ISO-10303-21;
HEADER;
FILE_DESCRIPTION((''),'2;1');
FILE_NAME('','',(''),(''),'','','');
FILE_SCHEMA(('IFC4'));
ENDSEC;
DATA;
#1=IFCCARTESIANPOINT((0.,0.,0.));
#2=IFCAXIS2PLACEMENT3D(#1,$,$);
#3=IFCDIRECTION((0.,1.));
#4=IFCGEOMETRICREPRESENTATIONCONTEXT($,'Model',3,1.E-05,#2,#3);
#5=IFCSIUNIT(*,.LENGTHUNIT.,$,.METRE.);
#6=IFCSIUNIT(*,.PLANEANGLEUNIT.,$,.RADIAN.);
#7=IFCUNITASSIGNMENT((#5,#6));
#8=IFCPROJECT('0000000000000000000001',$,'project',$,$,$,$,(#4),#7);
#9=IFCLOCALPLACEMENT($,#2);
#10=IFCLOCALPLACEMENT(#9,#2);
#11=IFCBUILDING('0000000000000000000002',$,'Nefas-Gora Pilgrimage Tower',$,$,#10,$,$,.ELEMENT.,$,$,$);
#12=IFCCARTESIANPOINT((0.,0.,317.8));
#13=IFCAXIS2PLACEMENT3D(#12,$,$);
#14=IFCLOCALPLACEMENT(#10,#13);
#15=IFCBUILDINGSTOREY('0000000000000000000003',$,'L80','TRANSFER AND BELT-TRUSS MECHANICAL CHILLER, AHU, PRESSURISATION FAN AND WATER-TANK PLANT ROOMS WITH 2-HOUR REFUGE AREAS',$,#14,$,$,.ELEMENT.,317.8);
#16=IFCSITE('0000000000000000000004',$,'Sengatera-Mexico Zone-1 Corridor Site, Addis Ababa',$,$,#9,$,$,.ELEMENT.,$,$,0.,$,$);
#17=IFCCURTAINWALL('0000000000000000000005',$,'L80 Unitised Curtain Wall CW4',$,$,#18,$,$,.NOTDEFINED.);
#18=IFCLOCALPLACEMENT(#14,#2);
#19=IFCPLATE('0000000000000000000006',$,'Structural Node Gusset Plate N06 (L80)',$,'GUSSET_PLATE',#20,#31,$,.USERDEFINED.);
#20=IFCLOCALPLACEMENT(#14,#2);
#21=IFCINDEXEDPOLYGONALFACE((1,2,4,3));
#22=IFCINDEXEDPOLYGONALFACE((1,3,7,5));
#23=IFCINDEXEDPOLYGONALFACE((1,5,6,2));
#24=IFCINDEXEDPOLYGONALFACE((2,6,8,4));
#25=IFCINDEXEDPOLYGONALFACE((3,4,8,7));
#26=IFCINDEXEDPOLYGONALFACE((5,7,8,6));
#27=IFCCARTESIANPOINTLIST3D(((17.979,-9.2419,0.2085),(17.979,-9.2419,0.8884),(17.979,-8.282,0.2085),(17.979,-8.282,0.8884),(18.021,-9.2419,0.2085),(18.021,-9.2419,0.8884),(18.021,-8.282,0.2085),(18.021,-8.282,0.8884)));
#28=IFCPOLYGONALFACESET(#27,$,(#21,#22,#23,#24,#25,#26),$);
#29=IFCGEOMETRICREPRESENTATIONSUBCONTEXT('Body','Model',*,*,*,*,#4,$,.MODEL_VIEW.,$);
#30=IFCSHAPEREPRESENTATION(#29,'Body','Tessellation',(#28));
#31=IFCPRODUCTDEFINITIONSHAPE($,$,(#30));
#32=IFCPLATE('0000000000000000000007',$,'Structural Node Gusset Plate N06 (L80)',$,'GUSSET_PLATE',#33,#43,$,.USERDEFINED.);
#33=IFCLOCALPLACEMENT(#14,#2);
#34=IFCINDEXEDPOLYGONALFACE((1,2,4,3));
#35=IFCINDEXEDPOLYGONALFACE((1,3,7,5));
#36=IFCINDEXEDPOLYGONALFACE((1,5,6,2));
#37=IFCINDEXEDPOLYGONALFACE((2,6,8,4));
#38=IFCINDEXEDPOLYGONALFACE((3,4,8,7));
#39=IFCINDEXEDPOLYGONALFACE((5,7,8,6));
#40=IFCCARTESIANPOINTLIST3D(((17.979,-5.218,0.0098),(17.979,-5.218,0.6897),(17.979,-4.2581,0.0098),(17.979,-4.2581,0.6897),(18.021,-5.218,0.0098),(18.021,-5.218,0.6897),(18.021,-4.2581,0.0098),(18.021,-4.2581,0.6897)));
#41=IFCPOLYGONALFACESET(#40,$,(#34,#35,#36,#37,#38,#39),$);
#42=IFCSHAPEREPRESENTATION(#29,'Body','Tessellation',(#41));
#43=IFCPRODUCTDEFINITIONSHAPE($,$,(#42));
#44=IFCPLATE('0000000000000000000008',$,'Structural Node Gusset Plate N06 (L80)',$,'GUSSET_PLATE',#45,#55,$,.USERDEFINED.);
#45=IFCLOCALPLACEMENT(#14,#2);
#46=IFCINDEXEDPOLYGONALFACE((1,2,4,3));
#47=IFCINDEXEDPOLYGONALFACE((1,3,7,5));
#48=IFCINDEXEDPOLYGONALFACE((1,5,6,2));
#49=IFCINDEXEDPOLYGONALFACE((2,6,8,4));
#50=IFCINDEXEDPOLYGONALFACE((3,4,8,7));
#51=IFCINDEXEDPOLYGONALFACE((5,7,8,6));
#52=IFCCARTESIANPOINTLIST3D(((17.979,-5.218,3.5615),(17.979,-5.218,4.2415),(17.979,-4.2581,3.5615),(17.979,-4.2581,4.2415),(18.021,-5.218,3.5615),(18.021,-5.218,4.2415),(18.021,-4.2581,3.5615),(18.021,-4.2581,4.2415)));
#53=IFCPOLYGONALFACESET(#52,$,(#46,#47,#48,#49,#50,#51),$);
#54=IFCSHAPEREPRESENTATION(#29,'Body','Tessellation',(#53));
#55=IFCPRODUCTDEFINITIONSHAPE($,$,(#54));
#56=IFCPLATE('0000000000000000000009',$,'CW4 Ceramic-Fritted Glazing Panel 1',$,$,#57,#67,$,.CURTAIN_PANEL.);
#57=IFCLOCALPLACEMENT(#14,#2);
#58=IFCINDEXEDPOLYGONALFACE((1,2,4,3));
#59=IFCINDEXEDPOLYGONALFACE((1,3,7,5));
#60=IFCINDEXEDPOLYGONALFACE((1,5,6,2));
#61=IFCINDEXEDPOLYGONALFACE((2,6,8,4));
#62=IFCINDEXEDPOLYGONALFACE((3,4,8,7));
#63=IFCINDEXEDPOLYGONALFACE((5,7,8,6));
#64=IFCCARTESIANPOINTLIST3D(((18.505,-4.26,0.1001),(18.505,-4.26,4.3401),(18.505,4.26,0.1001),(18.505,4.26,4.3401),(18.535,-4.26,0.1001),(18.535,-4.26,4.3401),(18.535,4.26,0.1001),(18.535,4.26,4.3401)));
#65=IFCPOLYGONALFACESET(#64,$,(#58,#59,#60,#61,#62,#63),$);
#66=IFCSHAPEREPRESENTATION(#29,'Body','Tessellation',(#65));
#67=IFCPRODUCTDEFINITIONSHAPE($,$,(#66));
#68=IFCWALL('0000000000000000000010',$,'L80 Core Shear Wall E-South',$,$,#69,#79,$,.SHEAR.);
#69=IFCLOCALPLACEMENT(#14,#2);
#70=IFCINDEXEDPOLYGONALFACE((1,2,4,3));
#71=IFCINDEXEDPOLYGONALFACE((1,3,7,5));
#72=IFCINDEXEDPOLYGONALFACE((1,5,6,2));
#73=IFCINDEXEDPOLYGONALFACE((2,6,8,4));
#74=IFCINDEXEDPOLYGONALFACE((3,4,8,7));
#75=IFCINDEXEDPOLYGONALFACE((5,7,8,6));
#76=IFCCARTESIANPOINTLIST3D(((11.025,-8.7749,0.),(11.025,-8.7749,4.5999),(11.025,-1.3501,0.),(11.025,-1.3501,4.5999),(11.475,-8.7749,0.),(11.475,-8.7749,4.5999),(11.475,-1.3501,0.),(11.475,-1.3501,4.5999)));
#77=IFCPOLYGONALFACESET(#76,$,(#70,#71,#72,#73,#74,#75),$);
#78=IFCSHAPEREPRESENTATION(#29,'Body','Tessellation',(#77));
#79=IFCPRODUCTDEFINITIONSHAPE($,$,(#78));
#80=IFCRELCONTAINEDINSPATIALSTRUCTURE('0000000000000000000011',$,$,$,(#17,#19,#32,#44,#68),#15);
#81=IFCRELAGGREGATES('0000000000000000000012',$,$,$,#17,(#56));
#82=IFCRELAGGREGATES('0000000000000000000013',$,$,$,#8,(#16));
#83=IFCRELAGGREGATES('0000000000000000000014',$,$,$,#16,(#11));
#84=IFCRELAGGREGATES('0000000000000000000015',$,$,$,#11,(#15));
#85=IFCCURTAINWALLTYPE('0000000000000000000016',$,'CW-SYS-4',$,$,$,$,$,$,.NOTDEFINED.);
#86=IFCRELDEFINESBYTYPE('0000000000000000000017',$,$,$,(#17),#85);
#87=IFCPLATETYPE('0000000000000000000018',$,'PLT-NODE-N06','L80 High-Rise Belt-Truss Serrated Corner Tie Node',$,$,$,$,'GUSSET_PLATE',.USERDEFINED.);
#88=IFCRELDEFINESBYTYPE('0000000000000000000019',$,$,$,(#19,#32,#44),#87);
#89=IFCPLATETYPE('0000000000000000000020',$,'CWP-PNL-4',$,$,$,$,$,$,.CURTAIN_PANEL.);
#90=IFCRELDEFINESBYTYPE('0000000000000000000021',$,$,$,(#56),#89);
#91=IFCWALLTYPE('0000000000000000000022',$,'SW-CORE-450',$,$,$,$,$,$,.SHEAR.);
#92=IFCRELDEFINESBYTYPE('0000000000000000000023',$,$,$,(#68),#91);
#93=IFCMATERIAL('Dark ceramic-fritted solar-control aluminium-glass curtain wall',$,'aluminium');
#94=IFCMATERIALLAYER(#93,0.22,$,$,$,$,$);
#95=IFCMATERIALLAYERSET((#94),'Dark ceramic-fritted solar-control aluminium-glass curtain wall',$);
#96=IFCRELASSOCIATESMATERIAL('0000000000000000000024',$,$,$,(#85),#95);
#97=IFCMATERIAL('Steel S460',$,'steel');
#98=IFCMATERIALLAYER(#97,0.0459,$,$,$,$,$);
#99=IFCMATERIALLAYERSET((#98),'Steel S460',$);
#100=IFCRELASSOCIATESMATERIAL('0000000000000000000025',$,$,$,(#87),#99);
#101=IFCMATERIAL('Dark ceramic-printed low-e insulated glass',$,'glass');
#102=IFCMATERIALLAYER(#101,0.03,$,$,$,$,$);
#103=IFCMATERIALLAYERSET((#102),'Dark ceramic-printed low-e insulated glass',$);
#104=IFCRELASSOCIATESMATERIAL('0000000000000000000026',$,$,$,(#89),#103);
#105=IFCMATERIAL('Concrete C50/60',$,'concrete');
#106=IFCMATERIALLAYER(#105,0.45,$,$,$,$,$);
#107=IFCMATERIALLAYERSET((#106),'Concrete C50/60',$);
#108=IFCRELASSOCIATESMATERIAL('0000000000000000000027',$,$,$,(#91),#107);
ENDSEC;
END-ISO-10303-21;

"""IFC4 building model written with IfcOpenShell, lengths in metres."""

from ifc_helpers import new_model, si_unit, direction, frame, frame_2d, origin, origin_2d, place, context, subcontext, project, spatial, rectangle, extrude, source, transform, mapped, material, layer, layer_set, type_object, element, aggregate, save


model = new_model("IFC4")

# Units and contexts
model_context = context("Model", 3, precision=1e-05, world=origin(), true_north=direction((0.0, 1.0)))
body_context = subcontext(model_context, "Body", "Model", "MODEL_VIEW")
ifc_project = project(units=[si_unit("LENGTHUNIT", "METRE"), si_unit("PLANEANGLEUNIT", "RADIAN")], contexts=[model_context])

# Site, building, storey
site_placement = place(None, origin())
site = spatial("IfcSite", under=ifc_project, at=site_placement, Name="Sengatera-Mexico Zone-1 Corridor Site, Addis Ababa", CompositionType="ELEMENT", RefElevation=0.0)
building_placement = place(site_placement, origin())
building = spatial("IfcBuilding", under=site, at=building_placement, Name="Nefas-Gora Pilgrimage Tower", CompositionType="ELEMENT")
storey_placement = place(building_placement, frame((0.0, 0.0, 317.8)))
storey = spatial("IfcBuildingStorey", under=building, at=storey_placement, Name="L80", Description="TRANSFER AND BELT-TRUSS MECHANICAL CHILLER, AHU, PRESSURISATION FAN AND WATER-TANK PLANT ROOMS WITH 2-HOUR REFUGE AREAS", CompositionType="ELEMENT", Elevation=317.8)

# Shared definitions
ifc_material_1 = material(Name="Concrete C50/60", Category="concrete")

# Shared definitions
ifc_material_2 = material(Name="Steel S460", Category="steel")

# Curtain wall
ifc_material_3 = material(Name="Dark ceramic-fritted solar-control aluminium-glass curtain wall", Category="aluminium")
ifc_layer_1 = layer(ifc_material_3, 0.22)
ifc_layer_set_1 = layer_set([ifc_layer_1], Name="Dark ceramic-fritted solar-control aluminium-glass curtain wall")
curtain_wall_type = type_object("IfcCurtainWallType", Name="CW-SYS-4", PredefinedType="NOTDEFINED", material=ifc_layer_set_1)
curtain_wall_placement = place(storey_placement, origin())
curtain_wall = element("IfcCurtainWall", 1, at=curtain_wall_placement, inside=storey, type_object=curtain_wall_type, Name="L80 Unitised Curtain Wall CW4", PredefinedType="NOTDEFINED")

# Plates
ifc_layer_2 = layer(ifc_material_2, 0.0459)
ifc_layer_set_2 = layer_set([ifc_layer_2], Name="Steel S460")
plate_type_1 = type_object("IfcPlateType", Name="PLT-NODE-N06", Description="L80 High-Rise Belt-Truss Serrated Corner Tie Node", ElementType="GUSSET_PLATE", PredefinedType="USERDEFINED", material=ifc_layer_set_2)
shared_shape_1 = source(origin(), body_context, "Body", "SweptSolid", [
    extrude(rectangle(XDim=0.96, YDim=0.042, at=origin_2d()), origin(), (0.0, 0.0, 1.0), 0.6799),
])
for number, where, z_axis, x_axis, name in (
    (2, (18.0, -8.762, 0.2085), (0.0, 0.0, 1.0), (0.0, 1.0, 0.0), "Structural Node Gusset Plate N06 (L80)"),
    (3, (18.0, -4.738, 0.0098), (0.0, 0.0, 1.0), (0.0, 1.0, 0.0), "Structural Node Gusset Plate N06 (L80)"),
    (4, (18.0, -4.738, 3.5615), (0.0, 0.0, 1.0), (0.0, 1.0, 0.0), "Structural Node Gusset Plate N06 (L80)"),
):
    element("IfcPlate", number, at=place(storey_placement, frame(where, z_axis=z_axis, x_axis=x_axis)), inside=storey, type_object=plate_type_1, Name=name, ObjectType="GUSSET_PLATE", PredefinedType="USERDEFINED", context=body_context, shape_type="MappedRepresentation", body=[
        mapped(shared_shape_1, transform((0.0, 0.0, 0.0), x_axis=(1.0, 0.0, 0.0), y_axis=(0.0, 1.0, 0.0), z_axis=(0.0, 0.0, 1.0), scale=1.0)),
    ])

# Plate
ifc_material_4 = material(Name="Dark ceramic-printed low-e insulated glass", Category="glass")
ifc_layer_3 = layer(ifc_material_4, 0.03)
ifc_layer_set_3 = layer_set([ifc_layer_3], Name="Dark ceramic-printed low-e insulated glass")
plate_type_2 = type_object("IfcPlateType", Name="CWP-PNL-4", PredefinedType="CURTAIN_PANEL", material=ifc_layer_set_3)
shared_shape_2 = source(origin(), body_context, "Body", "SweptSolid", [
    extrude(rectangle(XDim=8.52, YDim=0.03, at=origin_2d()), origin(), (0.0, 0.0, 1.0), 4.24),
])
plate_placement = place(storey_placement, frame((18.52, 0.0, 0.1001), z_axis=(0.0, 0.0, 1.0), x_axis=(0.0, 1.0, 0.0)))
plate = element("IfcPlate", 5, at=plate_placement, type_object=plate_type_2, Name="CW4 Ceramic-Fritted Glazing Panel 1", PredefinedType="CURTAIN_PANEL", context=body_context, shape_type="MappedRepresentation", body=[
    mapped(shared_shape_2, transform((0.0, 0.0, 0.0), x_axis=(1.0, 0.0, 0.0), y_axis=(0.0, 1.0, 0.0), z_axis=(0.0, 0.0, 1.0), scale=1.0)),
])
aggregate(curtain_wall, [plate])

# Wall
ifc_layer_4 = layer(ifc_material_1, 0.45)
ifc_layer_set_4 = layer_set([ifc_layer_4], Name="Concrete C50/60")
wall_type_1 = type_object("IfcWallType", Name="SW-CORE-450", PredefinedType="SHEAR", material=ifc_layer_set_4)
shared_shape_3 = source(origin(), body_context, "Body", "SweptSolid", [
    extrude(rectangle(XDim=7.4248, YDim=0.45, at=frame_2d((3.7124, 0.0))), origin(), (0.0, 0.0, 1.0), 4.5999),
])
wall_1_placement = place(storey_placement, frame((11.25, -8.7749, 0.0), z_axis=(0.0, 0.0, 1.0), x_axis=(0.0, 1.0, 0.0)))
element("IfcWall", 6, at=wall_1_placement, inside=storey, type_object=wall_type_1, Name="L80 Core Shear Wall E-South", PredefinedType="SHEAR", context=body_context, shape_type="MappedRepresentation", body=[
    mapped(shared_shape_3, transform((0.0, 0.0, 0.0), x_axis=(1.0, 0.0, 0.0), y_axis=(0.0, 1.0, 0.0), z_axis=(0.0, 0.0, 1.0), scale=1.0)),
])

save(model, "model.ifc")
